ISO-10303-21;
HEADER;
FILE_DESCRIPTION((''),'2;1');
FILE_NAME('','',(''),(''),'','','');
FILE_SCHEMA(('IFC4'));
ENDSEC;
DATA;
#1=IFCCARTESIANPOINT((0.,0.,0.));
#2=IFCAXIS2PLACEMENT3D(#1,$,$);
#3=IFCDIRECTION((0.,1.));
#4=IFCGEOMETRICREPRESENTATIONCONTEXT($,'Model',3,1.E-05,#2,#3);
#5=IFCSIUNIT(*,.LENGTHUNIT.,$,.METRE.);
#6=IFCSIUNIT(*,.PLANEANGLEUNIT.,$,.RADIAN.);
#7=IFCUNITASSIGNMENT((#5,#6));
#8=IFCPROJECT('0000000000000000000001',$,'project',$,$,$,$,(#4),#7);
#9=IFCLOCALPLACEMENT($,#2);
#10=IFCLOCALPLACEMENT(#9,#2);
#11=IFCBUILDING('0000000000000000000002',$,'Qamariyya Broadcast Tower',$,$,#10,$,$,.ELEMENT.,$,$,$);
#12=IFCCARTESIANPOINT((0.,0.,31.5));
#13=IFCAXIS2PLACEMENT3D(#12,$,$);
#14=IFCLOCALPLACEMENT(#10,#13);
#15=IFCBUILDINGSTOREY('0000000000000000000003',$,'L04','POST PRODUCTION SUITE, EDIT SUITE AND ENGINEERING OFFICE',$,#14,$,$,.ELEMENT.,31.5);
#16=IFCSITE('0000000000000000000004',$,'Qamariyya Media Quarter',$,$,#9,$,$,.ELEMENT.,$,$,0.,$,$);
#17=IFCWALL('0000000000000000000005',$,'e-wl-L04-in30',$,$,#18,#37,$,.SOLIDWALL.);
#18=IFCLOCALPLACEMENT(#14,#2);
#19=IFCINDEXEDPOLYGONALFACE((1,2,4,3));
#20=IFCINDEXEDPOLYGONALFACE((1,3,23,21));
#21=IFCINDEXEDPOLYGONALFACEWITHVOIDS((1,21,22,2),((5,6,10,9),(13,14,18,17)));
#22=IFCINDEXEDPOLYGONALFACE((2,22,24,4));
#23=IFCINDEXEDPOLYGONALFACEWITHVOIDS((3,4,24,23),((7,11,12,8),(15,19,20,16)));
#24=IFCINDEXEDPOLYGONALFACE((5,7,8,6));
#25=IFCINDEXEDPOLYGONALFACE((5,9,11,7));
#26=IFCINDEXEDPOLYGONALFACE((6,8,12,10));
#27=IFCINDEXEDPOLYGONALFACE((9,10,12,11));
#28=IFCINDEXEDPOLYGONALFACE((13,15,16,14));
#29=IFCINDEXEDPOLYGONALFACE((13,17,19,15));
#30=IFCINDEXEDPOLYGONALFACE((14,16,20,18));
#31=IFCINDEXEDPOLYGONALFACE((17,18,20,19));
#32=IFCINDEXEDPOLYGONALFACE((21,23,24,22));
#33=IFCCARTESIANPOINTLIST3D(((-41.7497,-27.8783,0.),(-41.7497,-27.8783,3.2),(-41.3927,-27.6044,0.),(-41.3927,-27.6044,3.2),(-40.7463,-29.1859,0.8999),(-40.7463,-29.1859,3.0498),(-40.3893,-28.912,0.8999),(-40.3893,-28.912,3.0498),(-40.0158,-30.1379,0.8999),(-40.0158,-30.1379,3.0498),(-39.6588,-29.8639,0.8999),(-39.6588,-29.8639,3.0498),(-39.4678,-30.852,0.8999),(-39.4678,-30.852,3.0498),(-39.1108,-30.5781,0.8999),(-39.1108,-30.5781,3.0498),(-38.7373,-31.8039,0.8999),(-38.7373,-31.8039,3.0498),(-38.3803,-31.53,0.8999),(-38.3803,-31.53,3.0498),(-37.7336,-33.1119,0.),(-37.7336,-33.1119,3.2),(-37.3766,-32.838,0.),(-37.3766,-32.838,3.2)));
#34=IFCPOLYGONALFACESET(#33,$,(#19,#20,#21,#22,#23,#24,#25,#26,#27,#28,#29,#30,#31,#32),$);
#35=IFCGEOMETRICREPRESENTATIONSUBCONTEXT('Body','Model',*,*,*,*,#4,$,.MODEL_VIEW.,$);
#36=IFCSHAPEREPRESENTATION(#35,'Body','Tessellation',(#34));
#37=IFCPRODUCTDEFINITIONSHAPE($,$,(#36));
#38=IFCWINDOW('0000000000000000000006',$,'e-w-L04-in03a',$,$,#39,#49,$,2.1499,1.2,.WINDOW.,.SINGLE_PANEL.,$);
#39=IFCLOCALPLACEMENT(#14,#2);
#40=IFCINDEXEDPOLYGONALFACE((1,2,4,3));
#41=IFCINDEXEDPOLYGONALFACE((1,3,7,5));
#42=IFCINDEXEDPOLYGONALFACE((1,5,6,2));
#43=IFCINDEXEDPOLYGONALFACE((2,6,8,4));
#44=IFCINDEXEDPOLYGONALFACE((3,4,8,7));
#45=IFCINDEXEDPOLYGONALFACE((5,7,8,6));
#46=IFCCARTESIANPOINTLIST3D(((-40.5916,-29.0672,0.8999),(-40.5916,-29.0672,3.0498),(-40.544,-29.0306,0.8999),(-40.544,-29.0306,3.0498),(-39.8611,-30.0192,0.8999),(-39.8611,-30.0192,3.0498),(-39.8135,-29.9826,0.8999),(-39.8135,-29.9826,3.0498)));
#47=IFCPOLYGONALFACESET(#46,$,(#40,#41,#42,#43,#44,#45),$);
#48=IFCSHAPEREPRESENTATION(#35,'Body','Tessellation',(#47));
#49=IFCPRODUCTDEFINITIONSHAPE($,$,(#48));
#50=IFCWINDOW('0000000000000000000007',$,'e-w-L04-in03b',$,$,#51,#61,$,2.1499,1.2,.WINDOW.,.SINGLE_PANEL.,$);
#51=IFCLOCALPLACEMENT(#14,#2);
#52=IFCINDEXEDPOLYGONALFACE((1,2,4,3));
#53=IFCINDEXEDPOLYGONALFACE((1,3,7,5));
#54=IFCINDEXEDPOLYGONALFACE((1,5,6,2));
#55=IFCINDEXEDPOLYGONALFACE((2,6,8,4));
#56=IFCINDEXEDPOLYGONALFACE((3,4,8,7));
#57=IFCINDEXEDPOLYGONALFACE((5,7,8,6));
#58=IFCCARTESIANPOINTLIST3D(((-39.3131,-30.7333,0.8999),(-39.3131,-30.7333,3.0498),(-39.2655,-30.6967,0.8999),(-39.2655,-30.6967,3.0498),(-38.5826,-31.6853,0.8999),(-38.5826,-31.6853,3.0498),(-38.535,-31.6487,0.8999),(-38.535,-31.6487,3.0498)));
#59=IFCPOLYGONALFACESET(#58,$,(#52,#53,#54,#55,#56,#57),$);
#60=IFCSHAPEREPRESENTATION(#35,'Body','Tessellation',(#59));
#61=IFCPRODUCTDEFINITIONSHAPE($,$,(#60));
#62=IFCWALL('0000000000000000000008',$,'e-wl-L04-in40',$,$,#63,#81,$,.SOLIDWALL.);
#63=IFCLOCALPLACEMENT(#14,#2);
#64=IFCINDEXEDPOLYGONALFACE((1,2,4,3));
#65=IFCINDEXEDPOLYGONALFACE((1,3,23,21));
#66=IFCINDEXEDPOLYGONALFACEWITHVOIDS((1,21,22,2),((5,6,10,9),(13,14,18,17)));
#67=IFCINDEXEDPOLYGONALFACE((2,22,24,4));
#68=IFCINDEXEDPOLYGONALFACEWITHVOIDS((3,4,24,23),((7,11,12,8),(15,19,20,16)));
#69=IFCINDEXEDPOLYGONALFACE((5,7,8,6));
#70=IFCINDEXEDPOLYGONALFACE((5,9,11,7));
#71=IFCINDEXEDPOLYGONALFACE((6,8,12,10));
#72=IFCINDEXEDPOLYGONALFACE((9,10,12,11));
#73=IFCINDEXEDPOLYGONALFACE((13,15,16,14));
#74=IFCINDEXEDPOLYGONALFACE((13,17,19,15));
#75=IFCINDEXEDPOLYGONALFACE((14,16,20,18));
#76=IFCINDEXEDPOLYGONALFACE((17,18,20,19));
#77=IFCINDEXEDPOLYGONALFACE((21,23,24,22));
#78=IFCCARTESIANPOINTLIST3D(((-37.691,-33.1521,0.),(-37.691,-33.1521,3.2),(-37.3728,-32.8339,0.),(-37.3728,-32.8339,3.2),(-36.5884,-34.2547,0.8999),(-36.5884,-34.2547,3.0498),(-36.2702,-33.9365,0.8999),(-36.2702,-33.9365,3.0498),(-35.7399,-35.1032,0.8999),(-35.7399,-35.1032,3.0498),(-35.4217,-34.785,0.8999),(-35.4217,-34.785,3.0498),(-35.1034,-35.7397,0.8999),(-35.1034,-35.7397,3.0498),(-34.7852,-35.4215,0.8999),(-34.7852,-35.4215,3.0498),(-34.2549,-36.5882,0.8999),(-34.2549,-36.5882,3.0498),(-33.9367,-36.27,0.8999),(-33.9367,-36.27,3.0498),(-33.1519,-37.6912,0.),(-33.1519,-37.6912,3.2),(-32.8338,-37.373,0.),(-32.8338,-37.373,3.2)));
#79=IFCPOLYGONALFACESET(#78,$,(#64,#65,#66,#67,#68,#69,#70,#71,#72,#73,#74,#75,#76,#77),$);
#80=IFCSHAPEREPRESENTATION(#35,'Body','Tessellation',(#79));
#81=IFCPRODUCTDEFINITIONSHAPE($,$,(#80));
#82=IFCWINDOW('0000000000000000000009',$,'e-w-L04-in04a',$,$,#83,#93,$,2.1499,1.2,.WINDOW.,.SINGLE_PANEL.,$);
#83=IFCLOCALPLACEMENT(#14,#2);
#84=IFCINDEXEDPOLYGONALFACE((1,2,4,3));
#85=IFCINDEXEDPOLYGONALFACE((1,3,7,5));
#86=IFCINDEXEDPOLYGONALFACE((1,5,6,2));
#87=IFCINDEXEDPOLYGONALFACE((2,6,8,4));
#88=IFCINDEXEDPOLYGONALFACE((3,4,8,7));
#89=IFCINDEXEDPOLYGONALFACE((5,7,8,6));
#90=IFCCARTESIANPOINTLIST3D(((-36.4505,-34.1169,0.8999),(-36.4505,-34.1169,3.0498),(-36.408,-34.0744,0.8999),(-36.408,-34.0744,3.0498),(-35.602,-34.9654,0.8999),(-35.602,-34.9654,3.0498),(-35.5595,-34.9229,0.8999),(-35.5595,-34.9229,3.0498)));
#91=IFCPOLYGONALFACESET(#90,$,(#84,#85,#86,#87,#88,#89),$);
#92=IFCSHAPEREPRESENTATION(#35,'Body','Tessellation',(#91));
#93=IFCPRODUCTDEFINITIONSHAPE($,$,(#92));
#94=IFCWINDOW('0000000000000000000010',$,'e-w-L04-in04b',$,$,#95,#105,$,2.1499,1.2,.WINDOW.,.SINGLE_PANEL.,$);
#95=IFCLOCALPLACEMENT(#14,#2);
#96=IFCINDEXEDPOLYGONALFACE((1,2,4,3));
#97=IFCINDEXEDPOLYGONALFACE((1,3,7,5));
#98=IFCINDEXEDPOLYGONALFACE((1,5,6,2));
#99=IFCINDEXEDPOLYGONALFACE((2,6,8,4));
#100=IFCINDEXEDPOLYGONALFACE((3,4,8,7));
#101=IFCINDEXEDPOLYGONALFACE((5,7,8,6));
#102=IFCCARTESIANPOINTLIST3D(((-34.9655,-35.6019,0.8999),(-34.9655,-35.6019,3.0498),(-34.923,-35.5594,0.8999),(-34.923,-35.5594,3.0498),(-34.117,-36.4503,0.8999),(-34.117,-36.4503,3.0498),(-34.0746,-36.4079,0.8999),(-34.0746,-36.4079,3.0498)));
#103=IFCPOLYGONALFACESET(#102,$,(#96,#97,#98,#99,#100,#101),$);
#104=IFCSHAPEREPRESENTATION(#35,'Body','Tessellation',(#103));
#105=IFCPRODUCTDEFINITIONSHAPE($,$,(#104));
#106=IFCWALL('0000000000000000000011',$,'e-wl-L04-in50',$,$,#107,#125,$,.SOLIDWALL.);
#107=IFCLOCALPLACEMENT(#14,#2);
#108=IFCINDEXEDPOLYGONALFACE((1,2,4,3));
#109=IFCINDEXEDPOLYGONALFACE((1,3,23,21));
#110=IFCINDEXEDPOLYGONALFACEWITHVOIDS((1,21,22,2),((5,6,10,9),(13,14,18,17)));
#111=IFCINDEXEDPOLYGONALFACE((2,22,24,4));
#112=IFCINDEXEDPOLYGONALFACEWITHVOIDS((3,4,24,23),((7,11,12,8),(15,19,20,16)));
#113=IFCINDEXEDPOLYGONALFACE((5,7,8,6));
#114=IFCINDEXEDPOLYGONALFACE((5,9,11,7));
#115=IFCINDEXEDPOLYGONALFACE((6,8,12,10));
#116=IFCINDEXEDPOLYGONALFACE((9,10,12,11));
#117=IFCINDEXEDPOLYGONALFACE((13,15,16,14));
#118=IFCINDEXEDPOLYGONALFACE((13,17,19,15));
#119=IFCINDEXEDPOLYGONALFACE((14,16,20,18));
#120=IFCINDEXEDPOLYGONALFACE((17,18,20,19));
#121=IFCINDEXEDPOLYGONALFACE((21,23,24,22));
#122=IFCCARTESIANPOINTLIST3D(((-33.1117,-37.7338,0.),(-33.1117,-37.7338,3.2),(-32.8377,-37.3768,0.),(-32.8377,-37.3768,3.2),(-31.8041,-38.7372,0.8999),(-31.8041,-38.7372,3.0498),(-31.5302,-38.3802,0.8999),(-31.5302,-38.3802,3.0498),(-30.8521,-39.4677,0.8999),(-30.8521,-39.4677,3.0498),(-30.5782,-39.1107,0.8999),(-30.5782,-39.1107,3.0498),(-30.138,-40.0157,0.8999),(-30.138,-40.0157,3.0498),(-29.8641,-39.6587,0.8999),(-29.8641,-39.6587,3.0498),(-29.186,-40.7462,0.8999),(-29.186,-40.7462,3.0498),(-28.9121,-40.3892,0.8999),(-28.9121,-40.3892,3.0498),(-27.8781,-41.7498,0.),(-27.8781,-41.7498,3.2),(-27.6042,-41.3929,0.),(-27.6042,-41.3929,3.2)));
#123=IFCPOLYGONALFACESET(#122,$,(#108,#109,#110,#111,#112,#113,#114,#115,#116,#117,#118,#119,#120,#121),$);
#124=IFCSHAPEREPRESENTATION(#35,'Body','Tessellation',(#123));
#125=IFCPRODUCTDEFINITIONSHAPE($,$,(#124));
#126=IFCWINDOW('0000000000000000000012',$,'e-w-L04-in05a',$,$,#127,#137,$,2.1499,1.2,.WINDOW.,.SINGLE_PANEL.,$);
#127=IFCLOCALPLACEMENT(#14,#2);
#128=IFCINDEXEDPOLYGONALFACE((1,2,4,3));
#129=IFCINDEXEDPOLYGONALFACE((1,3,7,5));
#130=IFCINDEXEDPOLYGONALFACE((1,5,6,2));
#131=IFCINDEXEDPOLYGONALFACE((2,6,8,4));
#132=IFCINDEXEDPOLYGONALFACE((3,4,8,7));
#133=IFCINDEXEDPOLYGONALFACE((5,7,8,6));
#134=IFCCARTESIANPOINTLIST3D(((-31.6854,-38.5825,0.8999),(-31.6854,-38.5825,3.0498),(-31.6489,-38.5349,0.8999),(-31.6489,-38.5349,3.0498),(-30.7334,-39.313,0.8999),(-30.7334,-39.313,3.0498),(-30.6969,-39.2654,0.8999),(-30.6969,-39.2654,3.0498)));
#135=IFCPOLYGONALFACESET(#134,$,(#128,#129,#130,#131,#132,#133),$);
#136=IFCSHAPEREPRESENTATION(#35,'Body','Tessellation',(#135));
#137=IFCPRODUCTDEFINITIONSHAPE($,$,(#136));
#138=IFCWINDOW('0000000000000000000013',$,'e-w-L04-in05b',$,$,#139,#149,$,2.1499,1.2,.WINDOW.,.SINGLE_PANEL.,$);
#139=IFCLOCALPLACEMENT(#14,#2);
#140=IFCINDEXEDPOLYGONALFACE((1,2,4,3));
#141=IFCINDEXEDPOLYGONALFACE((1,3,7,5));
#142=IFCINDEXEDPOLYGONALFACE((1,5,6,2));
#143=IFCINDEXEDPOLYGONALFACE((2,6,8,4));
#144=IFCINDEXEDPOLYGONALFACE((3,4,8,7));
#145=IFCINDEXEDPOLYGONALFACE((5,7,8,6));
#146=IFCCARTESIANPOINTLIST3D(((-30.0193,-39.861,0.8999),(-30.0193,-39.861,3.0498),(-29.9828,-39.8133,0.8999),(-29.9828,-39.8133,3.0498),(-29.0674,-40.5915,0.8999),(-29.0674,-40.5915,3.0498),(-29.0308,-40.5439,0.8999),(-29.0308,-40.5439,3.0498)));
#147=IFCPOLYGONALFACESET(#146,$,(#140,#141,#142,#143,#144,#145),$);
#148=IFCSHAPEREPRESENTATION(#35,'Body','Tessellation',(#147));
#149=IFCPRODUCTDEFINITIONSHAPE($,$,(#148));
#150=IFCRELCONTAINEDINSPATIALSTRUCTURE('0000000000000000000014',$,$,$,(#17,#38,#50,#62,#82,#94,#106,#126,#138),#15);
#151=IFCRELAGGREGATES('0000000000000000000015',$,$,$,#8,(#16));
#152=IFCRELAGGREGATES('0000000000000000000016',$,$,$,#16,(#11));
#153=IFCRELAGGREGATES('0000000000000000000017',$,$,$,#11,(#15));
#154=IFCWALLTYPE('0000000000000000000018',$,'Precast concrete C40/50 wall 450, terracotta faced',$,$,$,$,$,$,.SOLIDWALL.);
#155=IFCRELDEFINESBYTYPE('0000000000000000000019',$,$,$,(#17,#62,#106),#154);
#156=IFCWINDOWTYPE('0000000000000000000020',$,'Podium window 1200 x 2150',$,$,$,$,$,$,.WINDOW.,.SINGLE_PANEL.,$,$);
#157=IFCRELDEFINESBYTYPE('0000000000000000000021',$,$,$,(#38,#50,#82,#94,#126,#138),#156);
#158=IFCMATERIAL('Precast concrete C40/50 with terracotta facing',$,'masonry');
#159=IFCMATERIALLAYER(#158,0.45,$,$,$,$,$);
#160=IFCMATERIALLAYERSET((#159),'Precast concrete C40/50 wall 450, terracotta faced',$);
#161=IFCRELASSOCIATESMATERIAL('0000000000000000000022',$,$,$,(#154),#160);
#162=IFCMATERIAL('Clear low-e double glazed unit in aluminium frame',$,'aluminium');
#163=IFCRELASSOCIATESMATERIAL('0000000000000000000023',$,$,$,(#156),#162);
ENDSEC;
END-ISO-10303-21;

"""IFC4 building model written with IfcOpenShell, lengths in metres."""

from ifc_helpers import new_model, si_unit, direction, frame, frame_2d, origin, place, context, subcontext, project, spatial, rectangle, extrude, material, layer, layer_set, type_object, element, fill, save


model = new_model("IFC4")

# Units and contexts
model_context = context("Model", 3, precision=1e-05, world=origin(), true_north=direction((0.0, 1.0)))
body_context = subcontext(model_context, "Body", "Model", "MODEL_VIEW")
ifc_project = project(units=[si_unit("LENGTHUNIT", "METRE"), si_unit("PLANEANGLEUNIT", "RADIAN")], contexts=[model_context])

# Site, building, storey
site_placement = place(None, origin())
site = spatial("IfcSite", under=ifc_project, at=site_placement, Name="Qamariyya Media Quarter", CompositionType="ELEMENT", RefElevation=0.0)
building_placement = place(site_placement, origin())
building = spatial("IfcBuilding", under=site, at=building_placement, Name="Qamariyya Broadcast Tower", CompositionType="ELEMENT")
storey_placement = place(building_placement, frame((0.0, 0.0, 31.5)))
storey = spatial("IfcBuildingStorey", under=building, at=storey_placement, Name="L04", Description="POST PRODUCTION SUITE, EDIT SUITE AND ENGINEERING OFFICE", CompositionType="ELEMENT", Elevation=31.5)

# Walls, openings, windows
ifc_material_1 = material(Name="Precast concrete C40/50 with terracotta facing", Category="masonry")
ifc_layer_1 = layer(ifc_material_1, 0.45)
ifc_layer_set_1 = layer_set([ifc_layer_1], Name="Precast concrete C40/50 wall 450, terracotta faced")
wall_type_1 = type_object("IfcWallType", Name="Precast concrete C40/50 wall 450, terracotta faced", PredefinedType="SOLIDWALL", material=ifc_layer_set_1)
wall_1_placement = place(storey_placement, frame((-37.5552, -32.9749, 0.0), z_axis=(0.0, 0.0, 1.0), x_axis=(-0.60878, 0.793339, 0.0)))
wall_1 = element("IfcWall", 1, at=wall_1_placement, inside=storey, type_object=wall_type_1, Name="e-wl-L04-in30", PredefinedType="SOLIDWALL", context=body_context, shape_type="SweptSolid", body=[
    extrude(rectangle(XDim=6.5969, YDim=0.45, at=frame_2d((3.2983, 0.0))), origin(), (0.0, 0.0, 1.0), 3.2),
])
opening_1_placement = place(wall_1_placement, frame((3.7485, 0.0, 0.8999)))
opening_1 = element("IfcOpeningElement", 2, at=opening_1_placement, cuts=wall_1, PredefinedType="OPENING", context=body_context, shape_type="SweptSolid", body=[
    extrude(rectangle(XDim=1.2, YDim=2.1499, at=frame_2d((0.6001, 1.075))), frame((0.0, 0.2349, 0.0), z_axis=(0.0, -1.0, 0.0), x_axis=(1.0, 0.0, 0.0)), (0.0, 0.0, 1.0), 0.47),
])
opening_2_placement = place(wall_1_placement, frame((1.6484, 0.0, 0.8999)))
opening_2 = element("IfcOpeningElement", 3, at=opening_2_placement, cuts=wall_1, PredefinedType="OPENING", context=body_context, shape_type="SweptSolid", body=[
    extrude(rectangle(XDim=1.2, YDim=2.1499, at=frame_2d((0.6001, 1.075))), frame((0.0, 0.2349, 0.0), z_axis=(0.0, -1.0, 0.0), x_axis=(1.0, 0.0, 0.0)), (0.0, 0.0, 1.0), 0.47),
])
ifc_material_2 = material(Name="Clear low-e double glazed unit in aluminium frame", Category="aluminium")
window_type = type_object("IfcWindowType", Name="Podium window 1200 x 2150", PartitioningType="SINGLE_PANEL", PredefinedType="WINDOW", material=ifc_material_2)
window_1_placement = place(opening_1_placement, origin())
window_1 = element("IfcWindow", 4, at=window_1_placement, inside=storey, type_object=window_type, Name="e-w-L04-in03a", OverallHeight=2.1499, OverallWidth=1.2, PartitioningType="SINGLE_PANEL", PredefinedType="WINDOW", context=body_context, shape_type="SweptSolid", body=[
    extrude(rectangle(XDim=1.2, YDim=2.1499, at=frame_2d((0.6001, 1.075))), frame((0.0, 0.03, 0.0), z_axis=(0.0, -1.0, 0.0), x_axis=(1.0, 0.0, 0.0)), (0.0, 0.0, 1.0), 0.0601),
])
fill(opening_1, window_1)
window_2_placement = place(opening_2_placement, origin())
window_2 = element("IfcWindow", 5, at=window_2_placement, inside=storey, type_object=window_type, Name="e-w-L04-in03b", OverallHeight=2.1499, OverallWidth=1.2, PartitioningType="SINGLE_PANEL", PredefinedType="WINDOW", context=body_context, shape_type="SweptSolid", body=[
    extrude(rectangle(XDim=1.2, YDim=2.1499, at=frame_2d((0.6001, 1.075))), frame((0.0, 0.03, 0.0), z_axis=(0.0, -1.0, 0.0), x_axis=(1.0, 0.0, 0.0)), (0.0, 0.0, 1.0), 0.0601),
])
fill(opening_2, window_2)
wall_2_placement = place(storey_placement, frame((-32.9929, -37.532, 0.0), z_axis=(0.0, 0.0, 1.0), x_axis=(-0.707107, 0.707107, 0.0)))
wall_2 = element("IfcWall", 6, at=wall_2_placement, inside=storey, type_object=wall_type_1, Name="e-wl-L04-in40", PredefinedType="SOLIDWALL", context=body_context, shape_type="SweptSolid", body=[
    extrude(rectangle(XDim=6.4192, YDim=0.45, at=frame_2d((3.2095, 0.0))), origin(), (0.0, 0.0, 1.0), 3.2),
])
opening_3_placement = place(wall_2_placement, frame((3.6597, 0.0, 0.8999)))
opening_3 = element("IfcOpeningElement", 7, at=opening_3_placement, cuts=wall_2, PredefinedType="OPENING", context=body_context, shape_type="SweptSolid", body=[
    extrude(rectangle(XDim=1.2, YDim=2.1499, at=frame_2d((0.6001, 1.075))), frame((0.0, 0.2349, 0.0), z_axis=(0.0, -1.0, 0.0), x_axis=(1.0, 0.0, 0.0)), (0.0, 0.0, 1.0), 0.47),
])
opening_4_placement = place(wall_2_placement, frame((1.5596, 0.0, 0.8999)))
opening_4 = element("IfcOpeningElement", 8, at=opening_4_placement, cuts=wall_2, PredefinedType="OPENING", context=body_context, shape_type="SweptSolid", body=[
    extrude(rectangle(XDim=1.2, YDim=2.1499, at=frame_2d((0.6001, 1.075))), frame((0.0, 0.2349, 0.0), z_axis=(0.0, -1.0, 0.0), x_axis=(1.0, 0.0, 0.0)), (0.0, 0.0, 1.0), 0.47),
])
window_3_placement = place(opening_3_placement, origin())
window_3 = element("IfcWindow", 9, at=window_3_placement, inside=storey, type_object=window_type, Name="e-w-L04-in04a", OverallHeight=2.1499, OverallWidth=1.2, PartitioningType="SINGLE_PANEL", PredefinedType="WINDOW", context=body_context, shape_type="SweptSolid", body=[
    extrude(rectangle(XDim=1.2, YDim=2.1499, at=frame_2d((0.6001, 1.075))), frame((0.0, 0.03, 0.0), z_axis=(0.0, -1.0, 0.0), x_axis=(1.0, 0.0, 0.0)), (0.0, 0.0, 1.0), 0.0601),
])
fill(opening_3, window_3)
window_4_placement = place(opening_4_placement, origin())
window_4 = element("IfcWindow", 10, at=window_4_placement, inside=storey, type_object=window_type, Name="e-w-L04-in04b", OverallHeight=2.1499, OverallWidth=1.2, PartitioningType="SINGLE_PANEL", PredefinedType="WINDOW", context=body_context, shape_type="SweptSolid", body=[
    extrude(rectangle(XDim=1.2, YDim=2.1499, at=frame_2d((0.6001, 1.075))), frame((0.0, 0.03, 0.0), z_axis=(0.0, -1.0, 0.0), x_axis=(1.0, 0.0, 0.0)), (0.0, 0.0, 1.0), 0.0601),
])
fill(opening_4, window_4)
wall_3_placement = place(storey_placement, frame((-27.7412, -41.5713, 0.0), z_axis=(0.0, 0.0, 1.0), x_axis=(-0.793339, 0.60878, 0.0)))
wall_3 = element("IfcWall", 11, at=wall_3_placement, inside=storey, type_object=wall_type_1, Name="e-wl-L04-in50", PredefinedType="SOLIDWALL", context=body_context, shape_type="SweptSolid", body=[
    extrude(rectangle(XDim=6.5969, YDim=0.45, at=frame_2d((3.2983, 0.0))), origin(), (0.0, 0.0, 1.0), 3.2),
])
opening_5_placement = place(wall_3_placement, frame((3.7485, 0.0, 0.8999)))
opening_5 = element("IfcOpeningElement", 12, at=opening_5_placement, cuts=wall_3, PredefinedType="OPENING", context=body_context, shape_type="SweptSolid", body=[
    extrude(rectangle(XDim=1.2, YDim=2.1499, at=frame_2d((0.6001, 1.075))), frame((0.0, 0.2349, 0.0), z_axis=(0.0, -1.0, 0.0), x_axis=(1.0, 0.0, 0.0)), (0.0, 0.0, 1.0), 0.47),
])
opening_6_placement = place(wall_3_placement, frame((1.6484, 0.0, 0.8999)))
opening_6 = element("IfcOpeningElement", 13, at=opening_6_placement, cuts=wall_3, PredefinedType="OPENING", context=body_context, shape_type="SweptSolid", body=[
    extrude(rectangle(XDim=1.2, YDim=2.1499, at=frame_2d((0.6001, 1.075))), frame((0.0, 0.2349, 0.0), z_axis=(0.0, -1.0, 0.0), x_axis=(1.0, 0.0, 0.0)), (0.0, 0.0, 1.0), 0.47),
])
window_5_placement = place(opening_5_placement, origin())
window_5 = element("IfcWindow", 14, at=window_5_placement, inside=storey, type_object=window_type, Name="e-w-L04-in05a", OverallHeight=2.1499, OverallWidth=1.2, PartitioningType="SINGLE_PANEL", PredefinedType="WINDOW", context=body_context, shape_type="SweptSolid", body=[
    extrude(rectangle(XDim=1.2, YDim=2.1499, at=frame_2d((0.6001, 1.075))), frame((0.0, 0.03, 0.0), z_axis=(0.0, -1.0, 0.0), x_axis=(1.0, 0.0, 0.0)), (0.0, 0.0, 1.0), 0.0601),
])
fill(opening_5, window_5)
window_6_placement = place(opening_6_placement, origin())
window_6 = element("IfcWindow", 15, at=window_6_placement, inside=storey, type_object=window_type, Name="e-w-L04-in05b", OverallHeight=2.1499, OverallWidth=1.2, PartitioningType="SINGLE_PANEL", PredefinedType="WINDOW", context=body_context, shape_type="SweptSolid", body=[
    extrude(rectangle(XDim=1.2, YDim=2.1499, at=frame_2d((0.6001, 1.075))), frame((0.0, 0.03, 0.0), z_axis=(0.0, -1.0, 0.0), x_axis=(1.0, 0.0, 0.0)), (0.0, 0.0, 1.0), 0.0601),
])
fill(opening_6, window_6)

save(model, "model.ifc")
